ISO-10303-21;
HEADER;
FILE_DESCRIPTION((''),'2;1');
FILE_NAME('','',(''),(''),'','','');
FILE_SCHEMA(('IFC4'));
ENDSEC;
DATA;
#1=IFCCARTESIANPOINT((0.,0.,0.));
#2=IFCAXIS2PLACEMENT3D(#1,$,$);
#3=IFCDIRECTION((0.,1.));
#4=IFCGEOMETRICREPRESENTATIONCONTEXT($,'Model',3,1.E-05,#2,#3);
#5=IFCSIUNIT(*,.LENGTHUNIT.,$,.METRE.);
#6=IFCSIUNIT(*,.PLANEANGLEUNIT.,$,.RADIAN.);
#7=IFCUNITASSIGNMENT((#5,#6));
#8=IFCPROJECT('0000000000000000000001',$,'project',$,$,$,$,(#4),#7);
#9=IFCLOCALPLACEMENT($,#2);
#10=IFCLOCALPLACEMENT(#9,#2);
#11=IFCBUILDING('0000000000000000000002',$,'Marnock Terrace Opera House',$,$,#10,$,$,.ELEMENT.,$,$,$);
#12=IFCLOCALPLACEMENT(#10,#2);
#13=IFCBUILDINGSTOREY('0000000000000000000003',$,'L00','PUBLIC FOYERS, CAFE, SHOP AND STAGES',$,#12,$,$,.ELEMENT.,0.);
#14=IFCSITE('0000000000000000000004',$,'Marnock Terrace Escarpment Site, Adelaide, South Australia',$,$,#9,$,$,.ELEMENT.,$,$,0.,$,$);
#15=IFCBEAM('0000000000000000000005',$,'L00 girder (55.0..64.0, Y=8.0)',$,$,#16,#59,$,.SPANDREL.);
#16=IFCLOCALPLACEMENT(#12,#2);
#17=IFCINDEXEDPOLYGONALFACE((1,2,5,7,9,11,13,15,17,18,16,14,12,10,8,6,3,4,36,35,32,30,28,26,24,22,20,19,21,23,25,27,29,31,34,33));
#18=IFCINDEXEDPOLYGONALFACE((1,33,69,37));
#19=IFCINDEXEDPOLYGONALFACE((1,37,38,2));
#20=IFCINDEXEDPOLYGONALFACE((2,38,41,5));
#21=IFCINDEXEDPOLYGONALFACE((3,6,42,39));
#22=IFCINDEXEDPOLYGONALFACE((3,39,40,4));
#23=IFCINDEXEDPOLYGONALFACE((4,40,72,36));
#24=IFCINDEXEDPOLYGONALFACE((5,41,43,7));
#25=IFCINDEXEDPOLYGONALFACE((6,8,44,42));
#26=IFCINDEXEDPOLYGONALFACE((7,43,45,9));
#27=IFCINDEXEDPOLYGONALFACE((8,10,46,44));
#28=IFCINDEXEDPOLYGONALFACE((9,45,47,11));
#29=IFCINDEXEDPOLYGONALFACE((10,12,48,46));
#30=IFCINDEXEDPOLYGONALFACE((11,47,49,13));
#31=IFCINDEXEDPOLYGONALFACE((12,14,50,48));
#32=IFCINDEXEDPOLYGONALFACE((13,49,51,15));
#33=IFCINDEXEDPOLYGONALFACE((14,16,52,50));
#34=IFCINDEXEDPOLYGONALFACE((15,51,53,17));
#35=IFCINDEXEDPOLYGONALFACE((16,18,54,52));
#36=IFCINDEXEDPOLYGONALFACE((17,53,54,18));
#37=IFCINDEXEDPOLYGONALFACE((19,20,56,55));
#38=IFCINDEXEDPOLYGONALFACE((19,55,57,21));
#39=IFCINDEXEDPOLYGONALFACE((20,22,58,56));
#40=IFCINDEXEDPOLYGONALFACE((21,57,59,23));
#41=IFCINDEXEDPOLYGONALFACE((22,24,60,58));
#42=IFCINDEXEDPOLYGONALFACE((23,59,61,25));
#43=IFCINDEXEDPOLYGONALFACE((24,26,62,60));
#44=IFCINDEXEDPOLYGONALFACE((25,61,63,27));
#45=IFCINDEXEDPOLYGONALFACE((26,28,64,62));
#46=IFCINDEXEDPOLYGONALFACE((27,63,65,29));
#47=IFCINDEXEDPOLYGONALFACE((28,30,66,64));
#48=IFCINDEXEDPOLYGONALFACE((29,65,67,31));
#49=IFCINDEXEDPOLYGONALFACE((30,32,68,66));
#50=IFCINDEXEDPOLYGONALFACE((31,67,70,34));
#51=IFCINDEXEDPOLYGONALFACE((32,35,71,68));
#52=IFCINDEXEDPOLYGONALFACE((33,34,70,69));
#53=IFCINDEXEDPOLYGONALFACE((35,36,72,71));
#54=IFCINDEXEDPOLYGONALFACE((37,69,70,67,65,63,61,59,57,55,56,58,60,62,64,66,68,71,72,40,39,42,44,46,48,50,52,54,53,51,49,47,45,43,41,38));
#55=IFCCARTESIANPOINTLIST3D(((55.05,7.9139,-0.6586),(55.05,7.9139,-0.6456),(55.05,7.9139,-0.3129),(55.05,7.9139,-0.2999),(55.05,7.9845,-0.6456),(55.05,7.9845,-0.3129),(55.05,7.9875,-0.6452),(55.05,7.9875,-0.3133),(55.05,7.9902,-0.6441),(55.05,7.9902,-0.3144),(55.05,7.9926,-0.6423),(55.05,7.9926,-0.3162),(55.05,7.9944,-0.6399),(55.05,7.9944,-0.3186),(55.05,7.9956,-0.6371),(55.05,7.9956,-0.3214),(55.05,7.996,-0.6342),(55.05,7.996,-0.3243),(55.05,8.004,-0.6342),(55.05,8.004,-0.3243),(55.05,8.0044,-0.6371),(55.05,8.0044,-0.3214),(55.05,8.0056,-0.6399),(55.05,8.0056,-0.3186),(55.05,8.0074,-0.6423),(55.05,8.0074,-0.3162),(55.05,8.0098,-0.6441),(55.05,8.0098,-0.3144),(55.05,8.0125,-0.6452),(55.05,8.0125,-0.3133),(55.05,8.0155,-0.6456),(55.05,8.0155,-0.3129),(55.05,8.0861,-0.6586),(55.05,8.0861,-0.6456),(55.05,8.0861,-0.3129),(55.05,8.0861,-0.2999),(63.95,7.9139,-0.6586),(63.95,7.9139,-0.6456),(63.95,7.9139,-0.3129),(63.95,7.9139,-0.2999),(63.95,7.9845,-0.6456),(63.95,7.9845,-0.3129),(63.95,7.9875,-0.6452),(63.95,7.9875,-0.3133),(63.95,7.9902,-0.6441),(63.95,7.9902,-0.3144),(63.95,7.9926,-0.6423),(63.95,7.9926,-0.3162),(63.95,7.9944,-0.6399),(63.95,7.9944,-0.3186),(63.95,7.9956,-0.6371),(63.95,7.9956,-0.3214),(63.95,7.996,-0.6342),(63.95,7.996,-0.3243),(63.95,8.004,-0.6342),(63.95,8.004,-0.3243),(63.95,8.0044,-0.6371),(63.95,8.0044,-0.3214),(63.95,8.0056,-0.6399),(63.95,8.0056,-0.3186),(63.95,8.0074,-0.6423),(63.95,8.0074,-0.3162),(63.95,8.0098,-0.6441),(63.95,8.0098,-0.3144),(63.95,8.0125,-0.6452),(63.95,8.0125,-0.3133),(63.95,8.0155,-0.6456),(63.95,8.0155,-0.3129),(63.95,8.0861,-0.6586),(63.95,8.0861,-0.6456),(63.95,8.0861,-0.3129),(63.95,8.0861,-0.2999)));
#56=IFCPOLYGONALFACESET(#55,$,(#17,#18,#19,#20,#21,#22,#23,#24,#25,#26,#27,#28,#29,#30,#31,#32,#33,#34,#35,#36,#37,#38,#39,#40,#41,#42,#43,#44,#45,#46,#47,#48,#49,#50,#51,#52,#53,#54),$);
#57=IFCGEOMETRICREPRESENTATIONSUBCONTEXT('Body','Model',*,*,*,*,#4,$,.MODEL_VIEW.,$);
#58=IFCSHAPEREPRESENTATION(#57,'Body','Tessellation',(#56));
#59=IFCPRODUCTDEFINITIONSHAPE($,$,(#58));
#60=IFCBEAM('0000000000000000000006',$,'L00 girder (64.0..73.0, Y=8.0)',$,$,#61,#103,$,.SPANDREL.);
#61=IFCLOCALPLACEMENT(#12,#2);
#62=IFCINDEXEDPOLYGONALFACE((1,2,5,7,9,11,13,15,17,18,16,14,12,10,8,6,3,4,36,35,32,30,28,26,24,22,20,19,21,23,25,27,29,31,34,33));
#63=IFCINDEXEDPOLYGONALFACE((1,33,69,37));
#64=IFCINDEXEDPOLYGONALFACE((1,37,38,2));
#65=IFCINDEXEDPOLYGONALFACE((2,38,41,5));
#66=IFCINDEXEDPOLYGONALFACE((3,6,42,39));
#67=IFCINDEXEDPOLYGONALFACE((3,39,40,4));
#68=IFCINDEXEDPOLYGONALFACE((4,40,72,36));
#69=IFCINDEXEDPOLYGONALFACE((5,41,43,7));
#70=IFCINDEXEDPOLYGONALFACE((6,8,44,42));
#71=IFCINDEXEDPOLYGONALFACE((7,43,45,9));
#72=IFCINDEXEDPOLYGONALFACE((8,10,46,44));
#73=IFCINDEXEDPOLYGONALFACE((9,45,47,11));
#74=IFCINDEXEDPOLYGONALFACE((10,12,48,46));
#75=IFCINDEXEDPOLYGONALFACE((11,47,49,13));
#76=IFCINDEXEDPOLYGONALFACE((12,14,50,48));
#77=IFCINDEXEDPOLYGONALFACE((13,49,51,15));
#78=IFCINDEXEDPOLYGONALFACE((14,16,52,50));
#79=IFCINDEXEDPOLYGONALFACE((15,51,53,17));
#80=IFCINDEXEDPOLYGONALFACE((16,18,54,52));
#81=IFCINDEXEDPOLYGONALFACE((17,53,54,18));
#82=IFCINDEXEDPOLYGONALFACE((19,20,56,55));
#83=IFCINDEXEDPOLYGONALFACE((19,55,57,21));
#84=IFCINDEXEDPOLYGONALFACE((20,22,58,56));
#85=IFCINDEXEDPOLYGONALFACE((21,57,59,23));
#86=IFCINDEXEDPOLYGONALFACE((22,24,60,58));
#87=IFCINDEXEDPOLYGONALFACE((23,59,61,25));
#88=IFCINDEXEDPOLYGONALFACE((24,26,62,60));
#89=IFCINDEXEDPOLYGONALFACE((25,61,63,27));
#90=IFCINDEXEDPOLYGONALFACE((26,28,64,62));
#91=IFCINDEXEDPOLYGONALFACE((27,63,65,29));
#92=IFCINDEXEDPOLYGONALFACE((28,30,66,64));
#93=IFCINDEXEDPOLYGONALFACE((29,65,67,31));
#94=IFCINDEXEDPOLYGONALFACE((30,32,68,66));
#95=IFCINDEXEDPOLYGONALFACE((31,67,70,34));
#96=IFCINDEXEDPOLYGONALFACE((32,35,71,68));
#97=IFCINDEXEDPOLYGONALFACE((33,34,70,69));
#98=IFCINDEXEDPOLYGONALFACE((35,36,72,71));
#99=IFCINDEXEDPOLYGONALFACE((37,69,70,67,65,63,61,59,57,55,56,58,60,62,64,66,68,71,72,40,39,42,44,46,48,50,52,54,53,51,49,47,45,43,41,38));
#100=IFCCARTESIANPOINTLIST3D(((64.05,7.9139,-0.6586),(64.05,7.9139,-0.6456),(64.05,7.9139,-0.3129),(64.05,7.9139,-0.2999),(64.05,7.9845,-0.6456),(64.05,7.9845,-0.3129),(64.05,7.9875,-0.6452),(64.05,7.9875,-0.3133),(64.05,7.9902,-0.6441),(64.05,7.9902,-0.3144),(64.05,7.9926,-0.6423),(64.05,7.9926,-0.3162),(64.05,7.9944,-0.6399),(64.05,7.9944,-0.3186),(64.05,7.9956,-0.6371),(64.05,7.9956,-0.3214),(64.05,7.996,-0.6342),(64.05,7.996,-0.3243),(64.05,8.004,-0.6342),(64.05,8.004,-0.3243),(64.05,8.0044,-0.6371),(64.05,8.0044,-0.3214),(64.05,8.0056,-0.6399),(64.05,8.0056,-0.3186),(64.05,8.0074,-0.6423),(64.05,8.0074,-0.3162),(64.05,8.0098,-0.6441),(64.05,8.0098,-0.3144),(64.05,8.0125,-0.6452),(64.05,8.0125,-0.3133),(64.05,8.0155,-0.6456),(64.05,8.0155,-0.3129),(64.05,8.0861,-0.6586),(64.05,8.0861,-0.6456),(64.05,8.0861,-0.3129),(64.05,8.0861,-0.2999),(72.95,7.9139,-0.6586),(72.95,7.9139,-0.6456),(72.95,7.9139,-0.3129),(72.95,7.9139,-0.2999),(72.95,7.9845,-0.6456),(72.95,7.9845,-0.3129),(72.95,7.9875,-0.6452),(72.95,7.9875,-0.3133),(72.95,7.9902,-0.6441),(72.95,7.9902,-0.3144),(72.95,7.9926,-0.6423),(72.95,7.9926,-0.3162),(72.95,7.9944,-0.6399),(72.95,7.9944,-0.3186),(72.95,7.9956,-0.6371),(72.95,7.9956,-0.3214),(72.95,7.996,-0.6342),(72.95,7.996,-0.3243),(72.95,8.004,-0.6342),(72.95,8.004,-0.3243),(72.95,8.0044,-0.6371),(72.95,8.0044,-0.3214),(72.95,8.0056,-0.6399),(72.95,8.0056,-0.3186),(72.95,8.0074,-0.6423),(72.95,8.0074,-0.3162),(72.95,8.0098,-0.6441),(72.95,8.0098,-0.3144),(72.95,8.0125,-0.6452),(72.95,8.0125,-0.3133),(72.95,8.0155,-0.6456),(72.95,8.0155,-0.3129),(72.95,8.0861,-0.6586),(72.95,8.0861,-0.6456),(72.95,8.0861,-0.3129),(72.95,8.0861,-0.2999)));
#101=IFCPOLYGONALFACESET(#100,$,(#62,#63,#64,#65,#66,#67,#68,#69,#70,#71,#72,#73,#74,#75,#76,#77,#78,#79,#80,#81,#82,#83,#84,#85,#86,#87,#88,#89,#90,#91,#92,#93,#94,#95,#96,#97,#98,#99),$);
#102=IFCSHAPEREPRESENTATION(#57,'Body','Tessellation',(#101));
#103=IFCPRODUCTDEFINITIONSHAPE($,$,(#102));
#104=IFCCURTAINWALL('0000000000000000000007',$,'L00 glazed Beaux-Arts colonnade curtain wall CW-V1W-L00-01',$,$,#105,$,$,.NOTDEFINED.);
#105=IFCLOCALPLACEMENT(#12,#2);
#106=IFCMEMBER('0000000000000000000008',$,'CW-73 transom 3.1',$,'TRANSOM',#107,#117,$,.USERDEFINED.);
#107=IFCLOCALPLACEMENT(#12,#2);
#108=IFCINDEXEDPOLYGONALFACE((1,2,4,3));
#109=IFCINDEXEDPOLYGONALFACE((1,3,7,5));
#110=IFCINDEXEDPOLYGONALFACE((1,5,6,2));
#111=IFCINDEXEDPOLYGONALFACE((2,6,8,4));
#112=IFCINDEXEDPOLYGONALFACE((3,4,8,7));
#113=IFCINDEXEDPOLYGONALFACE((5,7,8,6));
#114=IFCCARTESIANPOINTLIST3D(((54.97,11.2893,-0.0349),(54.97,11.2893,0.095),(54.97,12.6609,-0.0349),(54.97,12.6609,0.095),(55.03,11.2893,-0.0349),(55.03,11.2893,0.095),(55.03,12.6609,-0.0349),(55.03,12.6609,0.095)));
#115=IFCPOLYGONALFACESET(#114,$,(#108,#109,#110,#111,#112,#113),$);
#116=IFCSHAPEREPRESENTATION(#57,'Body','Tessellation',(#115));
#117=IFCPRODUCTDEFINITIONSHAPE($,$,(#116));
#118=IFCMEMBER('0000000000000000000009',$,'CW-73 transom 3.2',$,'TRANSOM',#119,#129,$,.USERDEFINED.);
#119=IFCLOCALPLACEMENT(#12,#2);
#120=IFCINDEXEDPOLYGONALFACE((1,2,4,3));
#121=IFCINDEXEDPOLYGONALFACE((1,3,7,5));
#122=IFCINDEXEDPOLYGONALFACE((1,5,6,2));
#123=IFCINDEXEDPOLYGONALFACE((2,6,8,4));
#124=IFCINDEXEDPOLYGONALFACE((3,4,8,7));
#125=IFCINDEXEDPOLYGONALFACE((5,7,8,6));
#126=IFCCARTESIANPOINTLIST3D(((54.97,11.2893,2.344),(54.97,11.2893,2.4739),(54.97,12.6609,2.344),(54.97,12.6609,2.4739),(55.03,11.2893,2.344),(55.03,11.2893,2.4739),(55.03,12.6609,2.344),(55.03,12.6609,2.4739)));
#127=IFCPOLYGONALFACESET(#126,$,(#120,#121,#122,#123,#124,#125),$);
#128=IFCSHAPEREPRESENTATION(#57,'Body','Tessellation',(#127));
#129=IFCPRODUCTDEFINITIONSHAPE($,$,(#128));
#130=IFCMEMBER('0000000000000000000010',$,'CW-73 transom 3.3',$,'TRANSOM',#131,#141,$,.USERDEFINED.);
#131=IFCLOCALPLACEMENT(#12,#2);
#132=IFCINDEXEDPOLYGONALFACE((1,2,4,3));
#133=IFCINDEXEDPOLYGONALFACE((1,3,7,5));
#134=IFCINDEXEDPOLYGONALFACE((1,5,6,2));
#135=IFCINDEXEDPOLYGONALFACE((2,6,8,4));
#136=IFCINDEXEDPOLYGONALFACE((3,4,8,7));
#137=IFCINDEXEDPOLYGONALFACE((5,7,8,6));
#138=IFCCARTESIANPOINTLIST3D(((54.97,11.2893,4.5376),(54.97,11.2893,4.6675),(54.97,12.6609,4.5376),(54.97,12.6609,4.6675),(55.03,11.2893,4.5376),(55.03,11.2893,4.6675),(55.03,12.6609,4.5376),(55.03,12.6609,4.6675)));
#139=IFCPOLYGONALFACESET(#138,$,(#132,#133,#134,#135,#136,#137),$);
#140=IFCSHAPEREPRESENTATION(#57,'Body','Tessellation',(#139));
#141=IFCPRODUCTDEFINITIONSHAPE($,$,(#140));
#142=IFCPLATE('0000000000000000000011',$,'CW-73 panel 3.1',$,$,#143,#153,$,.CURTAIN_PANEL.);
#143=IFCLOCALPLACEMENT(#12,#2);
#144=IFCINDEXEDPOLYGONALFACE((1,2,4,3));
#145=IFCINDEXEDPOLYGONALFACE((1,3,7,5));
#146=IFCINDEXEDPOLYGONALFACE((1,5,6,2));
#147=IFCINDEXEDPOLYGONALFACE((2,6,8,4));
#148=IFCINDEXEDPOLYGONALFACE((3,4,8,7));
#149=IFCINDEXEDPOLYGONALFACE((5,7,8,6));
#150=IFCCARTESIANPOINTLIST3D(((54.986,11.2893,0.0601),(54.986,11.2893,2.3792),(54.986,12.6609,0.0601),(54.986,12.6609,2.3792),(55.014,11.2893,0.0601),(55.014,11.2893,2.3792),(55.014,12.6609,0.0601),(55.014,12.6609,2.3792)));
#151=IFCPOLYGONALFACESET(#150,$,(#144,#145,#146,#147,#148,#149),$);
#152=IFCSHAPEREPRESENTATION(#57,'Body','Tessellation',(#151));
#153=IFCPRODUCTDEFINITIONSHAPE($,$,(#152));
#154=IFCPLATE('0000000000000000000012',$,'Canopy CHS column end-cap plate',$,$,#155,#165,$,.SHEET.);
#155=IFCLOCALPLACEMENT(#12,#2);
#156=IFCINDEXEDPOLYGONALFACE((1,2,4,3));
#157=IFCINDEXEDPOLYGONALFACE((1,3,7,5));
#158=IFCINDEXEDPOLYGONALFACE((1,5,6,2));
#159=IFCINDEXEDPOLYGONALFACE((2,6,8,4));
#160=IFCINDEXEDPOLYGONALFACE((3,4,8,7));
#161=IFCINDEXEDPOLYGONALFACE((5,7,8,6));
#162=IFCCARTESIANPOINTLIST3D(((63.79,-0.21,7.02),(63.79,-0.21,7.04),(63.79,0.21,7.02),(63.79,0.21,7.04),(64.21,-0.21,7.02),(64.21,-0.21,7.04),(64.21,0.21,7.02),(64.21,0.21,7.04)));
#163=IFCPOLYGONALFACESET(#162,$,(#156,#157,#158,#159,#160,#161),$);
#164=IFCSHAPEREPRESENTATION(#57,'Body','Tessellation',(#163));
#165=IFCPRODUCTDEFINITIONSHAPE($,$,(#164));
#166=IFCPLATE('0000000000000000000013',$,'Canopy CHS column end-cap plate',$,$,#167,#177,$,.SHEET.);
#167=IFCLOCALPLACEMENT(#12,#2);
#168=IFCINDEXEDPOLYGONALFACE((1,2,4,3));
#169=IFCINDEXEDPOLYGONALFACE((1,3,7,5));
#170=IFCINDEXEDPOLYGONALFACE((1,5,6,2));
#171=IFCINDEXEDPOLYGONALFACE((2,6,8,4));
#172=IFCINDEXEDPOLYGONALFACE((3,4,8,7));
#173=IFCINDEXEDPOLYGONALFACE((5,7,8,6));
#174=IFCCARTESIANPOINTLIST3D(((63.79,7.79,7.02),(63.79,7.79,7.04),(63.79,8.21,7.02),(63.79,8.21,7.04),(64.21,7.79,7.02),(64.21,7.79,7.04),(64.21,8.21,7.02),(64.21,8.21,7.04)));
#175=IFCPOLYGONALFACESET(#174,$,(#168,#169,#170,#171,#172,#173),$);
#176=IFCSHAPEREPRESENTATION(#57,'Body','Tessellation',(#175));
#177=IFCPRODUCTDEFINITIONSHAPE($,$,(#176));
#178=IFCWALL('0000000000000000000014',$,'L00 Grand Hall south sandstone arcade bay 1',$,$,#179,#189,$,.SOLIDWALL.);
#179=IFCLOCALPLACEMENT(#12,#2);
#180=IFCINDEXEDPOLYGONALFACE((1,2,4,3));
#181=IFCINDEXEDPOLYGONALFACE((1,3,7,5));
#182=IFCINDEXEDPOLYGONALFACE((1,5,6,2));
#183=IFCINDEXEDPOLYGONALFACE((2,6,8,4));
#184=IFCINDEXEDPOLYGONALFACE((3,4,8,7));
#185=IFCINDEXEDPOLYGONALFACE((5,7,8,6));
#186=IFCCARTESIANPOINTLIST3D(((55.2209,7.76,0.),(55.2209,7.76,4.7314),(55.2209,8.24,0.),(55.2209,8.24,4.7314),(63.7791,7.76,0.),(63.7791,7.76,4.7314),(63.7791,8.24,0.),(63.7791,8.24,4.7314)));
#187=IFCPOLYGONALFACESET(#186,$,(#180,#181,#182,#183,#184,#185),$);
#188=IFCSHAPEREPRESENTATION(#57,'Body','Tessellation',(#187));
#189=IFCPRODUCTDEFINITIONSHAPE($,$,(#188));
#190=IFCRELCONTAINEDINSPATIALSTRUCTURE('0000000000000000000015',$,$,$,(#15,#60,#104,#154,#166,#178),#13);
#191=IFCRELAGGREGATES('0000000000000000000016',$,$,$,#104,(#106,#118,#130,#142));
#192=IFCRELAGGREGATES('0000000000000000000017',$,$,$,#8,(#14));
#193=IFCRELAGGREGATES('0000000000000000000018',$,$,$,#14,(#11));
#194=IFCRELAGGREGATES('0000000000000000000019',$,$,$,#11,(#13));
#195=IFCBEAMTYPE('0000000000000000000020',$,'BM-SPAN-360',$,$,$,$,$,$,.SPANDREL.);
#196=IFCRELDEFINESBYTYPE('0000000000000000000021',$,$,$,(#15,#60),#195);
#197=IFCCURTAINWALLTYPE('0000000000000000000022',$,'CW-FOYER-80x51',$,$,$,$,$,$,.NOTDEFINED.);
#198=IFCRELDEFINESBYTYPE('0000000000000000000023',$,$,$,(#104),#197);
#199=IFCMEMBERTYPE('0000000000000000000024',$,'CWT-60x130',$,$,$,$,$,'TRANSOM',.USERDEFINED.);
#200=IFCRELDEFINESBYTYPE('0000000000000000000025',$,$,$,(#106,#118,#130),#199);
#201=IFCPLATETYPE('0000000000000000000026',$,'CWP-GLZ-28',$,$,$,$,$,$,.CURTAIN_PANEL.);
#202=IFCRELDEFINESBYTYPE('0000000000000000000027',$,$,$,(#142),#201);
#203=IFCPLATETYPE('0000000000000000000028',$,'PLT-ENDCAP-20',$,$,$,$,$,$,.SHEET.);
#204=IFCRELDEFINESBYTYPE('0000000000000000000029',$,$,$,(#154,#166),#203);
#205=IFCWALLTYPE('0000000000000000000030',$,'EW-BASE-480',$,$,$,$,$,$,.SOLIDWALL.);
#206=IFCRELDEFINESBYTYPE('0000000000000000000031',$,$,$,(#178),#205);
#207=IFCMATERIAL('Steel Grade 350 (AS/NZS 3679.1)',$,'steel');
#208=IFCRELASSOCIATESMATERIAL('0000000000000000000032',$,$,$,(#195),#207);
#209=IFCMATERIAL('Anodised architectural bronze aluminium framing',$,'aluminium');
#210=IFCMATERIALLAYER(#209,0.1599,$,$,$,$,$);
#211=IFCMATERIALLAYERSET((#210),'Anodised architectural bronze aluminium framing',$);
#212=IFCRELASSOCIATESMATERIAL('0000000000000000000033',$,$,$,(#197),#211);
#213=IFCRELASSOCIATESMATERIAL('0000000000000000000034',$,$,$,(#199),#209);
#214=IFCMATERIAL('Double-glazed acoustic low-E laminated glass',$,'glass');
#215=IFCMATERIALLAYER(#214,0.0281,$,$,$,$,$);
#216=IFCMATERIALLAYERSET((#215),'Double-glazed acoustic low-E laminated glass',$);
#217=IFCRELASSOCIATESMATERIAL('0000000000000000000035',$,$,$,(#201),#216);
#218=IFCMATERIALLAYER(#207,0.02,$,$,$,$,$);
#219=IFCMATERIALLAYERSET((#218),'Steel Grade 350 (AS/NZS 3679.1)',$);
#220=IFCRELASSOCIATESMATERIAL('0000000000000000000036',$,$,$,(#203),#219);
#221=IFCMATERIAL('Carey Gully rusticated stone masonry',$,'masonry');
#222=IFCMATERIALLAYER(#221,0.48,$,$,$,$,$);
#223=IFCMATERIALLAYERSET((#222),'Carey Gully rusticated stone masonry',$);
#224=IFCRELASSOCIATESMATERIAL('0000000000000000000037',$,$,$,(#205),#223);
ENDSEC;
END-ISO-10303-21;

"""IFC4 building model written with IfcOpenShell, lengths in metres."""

from ifc_helpers import new_model, si_unit, direction, frame, frame_2d, origin, origin_2d, place, context, subcontext, project, spatial, rectangle, i_section, extrude, material, layer, layer_set, material_profile, profile_set, type_object, element, aggregate, save


model = new_model("IFC4")

# Units and contexts
model_context = context("Model", 3, precision=1e-05, world=origin(), true_north=direction((0.0, 1.0)))
body_context = subcontext(model_context, "Body", "Model", "MODEL_VIEW")
ifc_project = project(units=[si_unit("LENGTHUNIT", "METRE"), si_unit("PLANEANGLEUNIT", "RADIAN")], contexts=[model_context])

# Site, building, storey
site_placement = place(None, origin())
site = spatial("IfcSite", under=ifc_project, at=site_placement, Name="Marnock Terrace Escarpment Site, Adelaide, South Australia", CompositionType="ELEMENT", RefElevation=0.0)
building_placement = place(site_placement, origin())
building = spatial("IfcBuilding", under=site, at=building_placement, Name="Marnock Terrace Opera House", CompositionType="ELEMENT")
storey_placement = place(building_placement, origin())
storey = spatial("IfcBuildingStorey", under=building, at=storey_placement, Name="L00", Description="PUBLIC FOYERS, CAFE, SHOP AND STAGES", CompositionType="ELEMENT", Elevation=0.0)

# Beams
ifc_material_1 = material(Name="Steel Grade 350 (AS/NZS 3679.1)", Category="steel")
ifc_material_profile_1 = material_profile(ifc_material_1, i_section(OverallWidth=0.1721, OverallDepth=0.3586, WebThickness=0.0081, FlangeThickness=0.0129, FilletRadius=0.0115, at=origin_2d()))
ifc_profile_set_1 = profile_set([ifc_material_profile_1], Name="Steel Grade 350 (AS/NZS 3679.1)")
beam_type_1 = type_object("IfcBeamType", Name="BM-SPAN-360", PredefinedType="SPANDREL", material=ifc_profile_set_1)
for number, where, z_axis, x_axis, name in (
    (1, (55.05, 8.0, -0.4792), (1.0, 0.0, 0.0), (0.0, 1.0, 0.0), "L00 girder (55.0..64.0, Y=8.0)"),
    (2, (64.05, 8.0, -0.4792), (1.0, 0.0, 0.0), (0.0, 1.0, 0.0), "L00 girder (64.0..73.0, Y=8.0)"),
):
    element("IfcBeam", number, at=place(storey_placement, frame(where, z_axis=z_axis, x_axis=x_axis)), inside=storey, type_object=beam_type_1, Name=name, PredefinedType="SPANDREL", context=body_context, shape_type="SweptSolid", body=[
        extrude(i_section(OverallWidth=0.1721, OverallDepth=0.3586, WebThickness=0.0081, FlangeThickness=0.0129, FilletRadius=0.0115, at=origin_2d()), origin(), (0.0, 0.0, 1.0), 8.8999),
    ])

# Curtain wall, members, plate
ifc_material_2 = material(Name="Anodised architectural bronze aluminium framing", Category="aluminium")
ifc_layer_1 = layer(ifc_material_2, 0.1599)
ifc_layer_set_1 = layer_set([ifc_layer_1], Name="Anodised architectural bronze aluminium framing")
curtain_wall_type = type_object("IfcCurtainWallType", Name="CW-FOYER-80x51", PredefinedType="NOTDEFINED", material=ifc_layer_set_1)
curtain_wall_placement = place(storey_placement, origin())
curtain_wall = element("IfcCurtainWall", 3, at=curtain_wall_placement, inside=storey, type_object=curtain_wall_type, Name="L00 glazed Beaux-Arts colonnade curtain wall CW-V1W-L00-01", PredefinedType="NOTDEFINED")
ifc_material_profile_2 = material_profile(ifc_material_2, rectangle(XDim=0.0601, YDim=0.1299, at=origin_2d()))
ifc_profile_set_2 = profile_set([ifc_material_profile_2], Name="Anodised architectural bronze aluminium framing")
member_type = type_object("IfcMemberType", Name="CWT-60x130", ElementType="TRANSOM", PredefinedType="USERDEFINED", material=ifc_profile_set_2)
member_1_placement = place(storey_placement, frame((55.0, 11.2893, 0.03), z_axis=(0.0, 1.0, 0.0), x_axis=(-1.0, 0.0, 0.0)))
member_1 = element("IfcMember", 4, at=member_1_placement, type_object=member_type, Name="CW-73 transom 3.1", ObjectType="TRANSOM", PredefinedType="USERDEFINED", context=body_context, shape_type="SweptSolid", body=[
    extrude(rectangle(XDim=0.0601, YDim=0.1299, at=origin_2d()), origin(), (0.0, 0.0, 1.0), 1.3716),
])
member_2_placement = place(storey_placement, frame((55.0, 11.2893, 2.4089), z_axis=(0.0, 1.0, 0.0), x_axis=(-1.0, 0.0, 0.0)))
member_2 = element("IfcMember", 5, at=member_2_placement, type_object=member_type, Name="CW-73 transom 3.2", ObjectType="TRANSOM", PredefinedType="USERDEFINED", context=body_context, shape_type="SweptSolid", body=[
    extrude(rectangle(XDim=0.0601, YDim=0.1299, at=origin_2d()), origin(), (0.0, 0.0, 1.0), 1.3716),
])
member_3_placement = place(storey_placement, frame((55.0, 11.2893, 4.6025), z_axis=(0.0, 1.0, 0.0), x_axis=(-1.0, 0.0, 0.0)))
member_3 = element("IfcMember", 6, at=member_3_placement, type_object=member_type, Name="CW-73 transom 3.3", ObjectType="TRANSOM", PredefinedType="USERDEFINED", context=body_context, shape_type="SweptSolid", body=[
    extrude(rectangle(XDim=0.0601, YDim=0.1299, at=origin_2d()), origin(), (0.0, 0.0, 1.0), 1.3716),
])
ifc_material_3 = material(Name="Double-glazed acoustic low-E laminated glass", Category="glass")
ifc_layer_2 = layer(ifc_material_3, 0.0281)
ifc_layer_set_2 = layer_set([ifc_layer_2], Name="Double-glazed acoustic low-E laminated glass")
plate_type_1 = type_object("IfcPlateType", Name="CWP-GLZ-28", PredefinedType="CURTAIN_PANEL", material=ifc_layer_set_2)
plate_placement = place(storey_placement, frame((55.0, 11.9751, 0.0601), z_axis=(0.0, 0.0, 1.0), x_axis=(0.0, 1.0, 0.0)))
plate = element("IfcPlate", 7, at=plate_placement, type_object=plate_type_1, Name="CW-73 panel 3.1", PredefinedType="CURTAIN_PANEL", context=body_context, shape_type="SweptSolid", body=[
    extrude(rectangle(XDim=1.3716, YDim=0.0281, at=origin_2d()), origin(), (0.0, 0.0, 1.0), 2.3191),
])
aggregate(curtain_wall, [member_1, member_2, member_3, plate])

# Plates
ifc_layer_3 = layer(ifc_material_1, 0.02)
ifc_layer_set_3 = layer_set([ifc_layer_3], Name="Steel Grade 350 (AS/NZS 3679.1)")
plate_type_2 = type_object("IfcPlateType", Name="PLT-ENDCAP-20", PredefinedType="SHEET", material=ifc_layer_set_3)
for number, where, z_axis, x_axis, name in (
    (8, (64.0, 0.0, 7.02), (0.0, 0.0, 1.0), (1.0, 0.0, 0.0), "Canopy CHS column end-cap plate"),
    (9, (64.0, 8.0, 7.02), (0.0, 0.0, 1.0), (1.0, 0.0, 0.0), "Canopy CHS column end-cap plate"),
):
    element("IfcPlate", number, at=place(storey_placement, frame(where, z_axis=z_axis, x_axis=x_axis)), inside=storey, type_object=plate_type_2, Name=name, PredefinedType="SHEET", context=body_context, shape_type="SweptSolid", body=[
        extrude(rectangle(XDim=0.4199, YDim=0.4199, at=origin_2d()), origin(), (0.0, 0.0, 1.0), 0.02),
    ])

# Wall
ifc_material_4 = material(Name="Carey Gully rusticated stone masonry", Category="masonry")
ifc_layer_4 = layer(ifc_material_4, 0.48)
ifc_layer_set_4 = layer_set([ifc_layer_4], Name="Carey Gully rusticated stone masonry")
wall_type = type_object("IfcWallType", Name="EW-BASE-480", PredefinedType="SOLIDWALL", material=ifc_layer_set_4)
wall_placement = place(storey_placement, frame((55.2209, 8.0, 0.0), z_axis=(0.0, 0.0, 1.0), x_axis=(1.0, 0.0, 0.0)))
element("IfcWall", 10, at=wall_placement, inside=storey, type_object=wall_type, Name="L00 Grand Hall south sandstone arcade bay 1", PredefinedType="SOLIDWALL", context=body_context, shape_type="SweptSolid", body=[
    extrude(rectangle(XDim=8.5581, YDim=0.48, at=frame_2d((4.2791, 0.0))), origin(), (0.0, 0.0, 1.0), 4.7314),
])

save(model, "model.ifc")
